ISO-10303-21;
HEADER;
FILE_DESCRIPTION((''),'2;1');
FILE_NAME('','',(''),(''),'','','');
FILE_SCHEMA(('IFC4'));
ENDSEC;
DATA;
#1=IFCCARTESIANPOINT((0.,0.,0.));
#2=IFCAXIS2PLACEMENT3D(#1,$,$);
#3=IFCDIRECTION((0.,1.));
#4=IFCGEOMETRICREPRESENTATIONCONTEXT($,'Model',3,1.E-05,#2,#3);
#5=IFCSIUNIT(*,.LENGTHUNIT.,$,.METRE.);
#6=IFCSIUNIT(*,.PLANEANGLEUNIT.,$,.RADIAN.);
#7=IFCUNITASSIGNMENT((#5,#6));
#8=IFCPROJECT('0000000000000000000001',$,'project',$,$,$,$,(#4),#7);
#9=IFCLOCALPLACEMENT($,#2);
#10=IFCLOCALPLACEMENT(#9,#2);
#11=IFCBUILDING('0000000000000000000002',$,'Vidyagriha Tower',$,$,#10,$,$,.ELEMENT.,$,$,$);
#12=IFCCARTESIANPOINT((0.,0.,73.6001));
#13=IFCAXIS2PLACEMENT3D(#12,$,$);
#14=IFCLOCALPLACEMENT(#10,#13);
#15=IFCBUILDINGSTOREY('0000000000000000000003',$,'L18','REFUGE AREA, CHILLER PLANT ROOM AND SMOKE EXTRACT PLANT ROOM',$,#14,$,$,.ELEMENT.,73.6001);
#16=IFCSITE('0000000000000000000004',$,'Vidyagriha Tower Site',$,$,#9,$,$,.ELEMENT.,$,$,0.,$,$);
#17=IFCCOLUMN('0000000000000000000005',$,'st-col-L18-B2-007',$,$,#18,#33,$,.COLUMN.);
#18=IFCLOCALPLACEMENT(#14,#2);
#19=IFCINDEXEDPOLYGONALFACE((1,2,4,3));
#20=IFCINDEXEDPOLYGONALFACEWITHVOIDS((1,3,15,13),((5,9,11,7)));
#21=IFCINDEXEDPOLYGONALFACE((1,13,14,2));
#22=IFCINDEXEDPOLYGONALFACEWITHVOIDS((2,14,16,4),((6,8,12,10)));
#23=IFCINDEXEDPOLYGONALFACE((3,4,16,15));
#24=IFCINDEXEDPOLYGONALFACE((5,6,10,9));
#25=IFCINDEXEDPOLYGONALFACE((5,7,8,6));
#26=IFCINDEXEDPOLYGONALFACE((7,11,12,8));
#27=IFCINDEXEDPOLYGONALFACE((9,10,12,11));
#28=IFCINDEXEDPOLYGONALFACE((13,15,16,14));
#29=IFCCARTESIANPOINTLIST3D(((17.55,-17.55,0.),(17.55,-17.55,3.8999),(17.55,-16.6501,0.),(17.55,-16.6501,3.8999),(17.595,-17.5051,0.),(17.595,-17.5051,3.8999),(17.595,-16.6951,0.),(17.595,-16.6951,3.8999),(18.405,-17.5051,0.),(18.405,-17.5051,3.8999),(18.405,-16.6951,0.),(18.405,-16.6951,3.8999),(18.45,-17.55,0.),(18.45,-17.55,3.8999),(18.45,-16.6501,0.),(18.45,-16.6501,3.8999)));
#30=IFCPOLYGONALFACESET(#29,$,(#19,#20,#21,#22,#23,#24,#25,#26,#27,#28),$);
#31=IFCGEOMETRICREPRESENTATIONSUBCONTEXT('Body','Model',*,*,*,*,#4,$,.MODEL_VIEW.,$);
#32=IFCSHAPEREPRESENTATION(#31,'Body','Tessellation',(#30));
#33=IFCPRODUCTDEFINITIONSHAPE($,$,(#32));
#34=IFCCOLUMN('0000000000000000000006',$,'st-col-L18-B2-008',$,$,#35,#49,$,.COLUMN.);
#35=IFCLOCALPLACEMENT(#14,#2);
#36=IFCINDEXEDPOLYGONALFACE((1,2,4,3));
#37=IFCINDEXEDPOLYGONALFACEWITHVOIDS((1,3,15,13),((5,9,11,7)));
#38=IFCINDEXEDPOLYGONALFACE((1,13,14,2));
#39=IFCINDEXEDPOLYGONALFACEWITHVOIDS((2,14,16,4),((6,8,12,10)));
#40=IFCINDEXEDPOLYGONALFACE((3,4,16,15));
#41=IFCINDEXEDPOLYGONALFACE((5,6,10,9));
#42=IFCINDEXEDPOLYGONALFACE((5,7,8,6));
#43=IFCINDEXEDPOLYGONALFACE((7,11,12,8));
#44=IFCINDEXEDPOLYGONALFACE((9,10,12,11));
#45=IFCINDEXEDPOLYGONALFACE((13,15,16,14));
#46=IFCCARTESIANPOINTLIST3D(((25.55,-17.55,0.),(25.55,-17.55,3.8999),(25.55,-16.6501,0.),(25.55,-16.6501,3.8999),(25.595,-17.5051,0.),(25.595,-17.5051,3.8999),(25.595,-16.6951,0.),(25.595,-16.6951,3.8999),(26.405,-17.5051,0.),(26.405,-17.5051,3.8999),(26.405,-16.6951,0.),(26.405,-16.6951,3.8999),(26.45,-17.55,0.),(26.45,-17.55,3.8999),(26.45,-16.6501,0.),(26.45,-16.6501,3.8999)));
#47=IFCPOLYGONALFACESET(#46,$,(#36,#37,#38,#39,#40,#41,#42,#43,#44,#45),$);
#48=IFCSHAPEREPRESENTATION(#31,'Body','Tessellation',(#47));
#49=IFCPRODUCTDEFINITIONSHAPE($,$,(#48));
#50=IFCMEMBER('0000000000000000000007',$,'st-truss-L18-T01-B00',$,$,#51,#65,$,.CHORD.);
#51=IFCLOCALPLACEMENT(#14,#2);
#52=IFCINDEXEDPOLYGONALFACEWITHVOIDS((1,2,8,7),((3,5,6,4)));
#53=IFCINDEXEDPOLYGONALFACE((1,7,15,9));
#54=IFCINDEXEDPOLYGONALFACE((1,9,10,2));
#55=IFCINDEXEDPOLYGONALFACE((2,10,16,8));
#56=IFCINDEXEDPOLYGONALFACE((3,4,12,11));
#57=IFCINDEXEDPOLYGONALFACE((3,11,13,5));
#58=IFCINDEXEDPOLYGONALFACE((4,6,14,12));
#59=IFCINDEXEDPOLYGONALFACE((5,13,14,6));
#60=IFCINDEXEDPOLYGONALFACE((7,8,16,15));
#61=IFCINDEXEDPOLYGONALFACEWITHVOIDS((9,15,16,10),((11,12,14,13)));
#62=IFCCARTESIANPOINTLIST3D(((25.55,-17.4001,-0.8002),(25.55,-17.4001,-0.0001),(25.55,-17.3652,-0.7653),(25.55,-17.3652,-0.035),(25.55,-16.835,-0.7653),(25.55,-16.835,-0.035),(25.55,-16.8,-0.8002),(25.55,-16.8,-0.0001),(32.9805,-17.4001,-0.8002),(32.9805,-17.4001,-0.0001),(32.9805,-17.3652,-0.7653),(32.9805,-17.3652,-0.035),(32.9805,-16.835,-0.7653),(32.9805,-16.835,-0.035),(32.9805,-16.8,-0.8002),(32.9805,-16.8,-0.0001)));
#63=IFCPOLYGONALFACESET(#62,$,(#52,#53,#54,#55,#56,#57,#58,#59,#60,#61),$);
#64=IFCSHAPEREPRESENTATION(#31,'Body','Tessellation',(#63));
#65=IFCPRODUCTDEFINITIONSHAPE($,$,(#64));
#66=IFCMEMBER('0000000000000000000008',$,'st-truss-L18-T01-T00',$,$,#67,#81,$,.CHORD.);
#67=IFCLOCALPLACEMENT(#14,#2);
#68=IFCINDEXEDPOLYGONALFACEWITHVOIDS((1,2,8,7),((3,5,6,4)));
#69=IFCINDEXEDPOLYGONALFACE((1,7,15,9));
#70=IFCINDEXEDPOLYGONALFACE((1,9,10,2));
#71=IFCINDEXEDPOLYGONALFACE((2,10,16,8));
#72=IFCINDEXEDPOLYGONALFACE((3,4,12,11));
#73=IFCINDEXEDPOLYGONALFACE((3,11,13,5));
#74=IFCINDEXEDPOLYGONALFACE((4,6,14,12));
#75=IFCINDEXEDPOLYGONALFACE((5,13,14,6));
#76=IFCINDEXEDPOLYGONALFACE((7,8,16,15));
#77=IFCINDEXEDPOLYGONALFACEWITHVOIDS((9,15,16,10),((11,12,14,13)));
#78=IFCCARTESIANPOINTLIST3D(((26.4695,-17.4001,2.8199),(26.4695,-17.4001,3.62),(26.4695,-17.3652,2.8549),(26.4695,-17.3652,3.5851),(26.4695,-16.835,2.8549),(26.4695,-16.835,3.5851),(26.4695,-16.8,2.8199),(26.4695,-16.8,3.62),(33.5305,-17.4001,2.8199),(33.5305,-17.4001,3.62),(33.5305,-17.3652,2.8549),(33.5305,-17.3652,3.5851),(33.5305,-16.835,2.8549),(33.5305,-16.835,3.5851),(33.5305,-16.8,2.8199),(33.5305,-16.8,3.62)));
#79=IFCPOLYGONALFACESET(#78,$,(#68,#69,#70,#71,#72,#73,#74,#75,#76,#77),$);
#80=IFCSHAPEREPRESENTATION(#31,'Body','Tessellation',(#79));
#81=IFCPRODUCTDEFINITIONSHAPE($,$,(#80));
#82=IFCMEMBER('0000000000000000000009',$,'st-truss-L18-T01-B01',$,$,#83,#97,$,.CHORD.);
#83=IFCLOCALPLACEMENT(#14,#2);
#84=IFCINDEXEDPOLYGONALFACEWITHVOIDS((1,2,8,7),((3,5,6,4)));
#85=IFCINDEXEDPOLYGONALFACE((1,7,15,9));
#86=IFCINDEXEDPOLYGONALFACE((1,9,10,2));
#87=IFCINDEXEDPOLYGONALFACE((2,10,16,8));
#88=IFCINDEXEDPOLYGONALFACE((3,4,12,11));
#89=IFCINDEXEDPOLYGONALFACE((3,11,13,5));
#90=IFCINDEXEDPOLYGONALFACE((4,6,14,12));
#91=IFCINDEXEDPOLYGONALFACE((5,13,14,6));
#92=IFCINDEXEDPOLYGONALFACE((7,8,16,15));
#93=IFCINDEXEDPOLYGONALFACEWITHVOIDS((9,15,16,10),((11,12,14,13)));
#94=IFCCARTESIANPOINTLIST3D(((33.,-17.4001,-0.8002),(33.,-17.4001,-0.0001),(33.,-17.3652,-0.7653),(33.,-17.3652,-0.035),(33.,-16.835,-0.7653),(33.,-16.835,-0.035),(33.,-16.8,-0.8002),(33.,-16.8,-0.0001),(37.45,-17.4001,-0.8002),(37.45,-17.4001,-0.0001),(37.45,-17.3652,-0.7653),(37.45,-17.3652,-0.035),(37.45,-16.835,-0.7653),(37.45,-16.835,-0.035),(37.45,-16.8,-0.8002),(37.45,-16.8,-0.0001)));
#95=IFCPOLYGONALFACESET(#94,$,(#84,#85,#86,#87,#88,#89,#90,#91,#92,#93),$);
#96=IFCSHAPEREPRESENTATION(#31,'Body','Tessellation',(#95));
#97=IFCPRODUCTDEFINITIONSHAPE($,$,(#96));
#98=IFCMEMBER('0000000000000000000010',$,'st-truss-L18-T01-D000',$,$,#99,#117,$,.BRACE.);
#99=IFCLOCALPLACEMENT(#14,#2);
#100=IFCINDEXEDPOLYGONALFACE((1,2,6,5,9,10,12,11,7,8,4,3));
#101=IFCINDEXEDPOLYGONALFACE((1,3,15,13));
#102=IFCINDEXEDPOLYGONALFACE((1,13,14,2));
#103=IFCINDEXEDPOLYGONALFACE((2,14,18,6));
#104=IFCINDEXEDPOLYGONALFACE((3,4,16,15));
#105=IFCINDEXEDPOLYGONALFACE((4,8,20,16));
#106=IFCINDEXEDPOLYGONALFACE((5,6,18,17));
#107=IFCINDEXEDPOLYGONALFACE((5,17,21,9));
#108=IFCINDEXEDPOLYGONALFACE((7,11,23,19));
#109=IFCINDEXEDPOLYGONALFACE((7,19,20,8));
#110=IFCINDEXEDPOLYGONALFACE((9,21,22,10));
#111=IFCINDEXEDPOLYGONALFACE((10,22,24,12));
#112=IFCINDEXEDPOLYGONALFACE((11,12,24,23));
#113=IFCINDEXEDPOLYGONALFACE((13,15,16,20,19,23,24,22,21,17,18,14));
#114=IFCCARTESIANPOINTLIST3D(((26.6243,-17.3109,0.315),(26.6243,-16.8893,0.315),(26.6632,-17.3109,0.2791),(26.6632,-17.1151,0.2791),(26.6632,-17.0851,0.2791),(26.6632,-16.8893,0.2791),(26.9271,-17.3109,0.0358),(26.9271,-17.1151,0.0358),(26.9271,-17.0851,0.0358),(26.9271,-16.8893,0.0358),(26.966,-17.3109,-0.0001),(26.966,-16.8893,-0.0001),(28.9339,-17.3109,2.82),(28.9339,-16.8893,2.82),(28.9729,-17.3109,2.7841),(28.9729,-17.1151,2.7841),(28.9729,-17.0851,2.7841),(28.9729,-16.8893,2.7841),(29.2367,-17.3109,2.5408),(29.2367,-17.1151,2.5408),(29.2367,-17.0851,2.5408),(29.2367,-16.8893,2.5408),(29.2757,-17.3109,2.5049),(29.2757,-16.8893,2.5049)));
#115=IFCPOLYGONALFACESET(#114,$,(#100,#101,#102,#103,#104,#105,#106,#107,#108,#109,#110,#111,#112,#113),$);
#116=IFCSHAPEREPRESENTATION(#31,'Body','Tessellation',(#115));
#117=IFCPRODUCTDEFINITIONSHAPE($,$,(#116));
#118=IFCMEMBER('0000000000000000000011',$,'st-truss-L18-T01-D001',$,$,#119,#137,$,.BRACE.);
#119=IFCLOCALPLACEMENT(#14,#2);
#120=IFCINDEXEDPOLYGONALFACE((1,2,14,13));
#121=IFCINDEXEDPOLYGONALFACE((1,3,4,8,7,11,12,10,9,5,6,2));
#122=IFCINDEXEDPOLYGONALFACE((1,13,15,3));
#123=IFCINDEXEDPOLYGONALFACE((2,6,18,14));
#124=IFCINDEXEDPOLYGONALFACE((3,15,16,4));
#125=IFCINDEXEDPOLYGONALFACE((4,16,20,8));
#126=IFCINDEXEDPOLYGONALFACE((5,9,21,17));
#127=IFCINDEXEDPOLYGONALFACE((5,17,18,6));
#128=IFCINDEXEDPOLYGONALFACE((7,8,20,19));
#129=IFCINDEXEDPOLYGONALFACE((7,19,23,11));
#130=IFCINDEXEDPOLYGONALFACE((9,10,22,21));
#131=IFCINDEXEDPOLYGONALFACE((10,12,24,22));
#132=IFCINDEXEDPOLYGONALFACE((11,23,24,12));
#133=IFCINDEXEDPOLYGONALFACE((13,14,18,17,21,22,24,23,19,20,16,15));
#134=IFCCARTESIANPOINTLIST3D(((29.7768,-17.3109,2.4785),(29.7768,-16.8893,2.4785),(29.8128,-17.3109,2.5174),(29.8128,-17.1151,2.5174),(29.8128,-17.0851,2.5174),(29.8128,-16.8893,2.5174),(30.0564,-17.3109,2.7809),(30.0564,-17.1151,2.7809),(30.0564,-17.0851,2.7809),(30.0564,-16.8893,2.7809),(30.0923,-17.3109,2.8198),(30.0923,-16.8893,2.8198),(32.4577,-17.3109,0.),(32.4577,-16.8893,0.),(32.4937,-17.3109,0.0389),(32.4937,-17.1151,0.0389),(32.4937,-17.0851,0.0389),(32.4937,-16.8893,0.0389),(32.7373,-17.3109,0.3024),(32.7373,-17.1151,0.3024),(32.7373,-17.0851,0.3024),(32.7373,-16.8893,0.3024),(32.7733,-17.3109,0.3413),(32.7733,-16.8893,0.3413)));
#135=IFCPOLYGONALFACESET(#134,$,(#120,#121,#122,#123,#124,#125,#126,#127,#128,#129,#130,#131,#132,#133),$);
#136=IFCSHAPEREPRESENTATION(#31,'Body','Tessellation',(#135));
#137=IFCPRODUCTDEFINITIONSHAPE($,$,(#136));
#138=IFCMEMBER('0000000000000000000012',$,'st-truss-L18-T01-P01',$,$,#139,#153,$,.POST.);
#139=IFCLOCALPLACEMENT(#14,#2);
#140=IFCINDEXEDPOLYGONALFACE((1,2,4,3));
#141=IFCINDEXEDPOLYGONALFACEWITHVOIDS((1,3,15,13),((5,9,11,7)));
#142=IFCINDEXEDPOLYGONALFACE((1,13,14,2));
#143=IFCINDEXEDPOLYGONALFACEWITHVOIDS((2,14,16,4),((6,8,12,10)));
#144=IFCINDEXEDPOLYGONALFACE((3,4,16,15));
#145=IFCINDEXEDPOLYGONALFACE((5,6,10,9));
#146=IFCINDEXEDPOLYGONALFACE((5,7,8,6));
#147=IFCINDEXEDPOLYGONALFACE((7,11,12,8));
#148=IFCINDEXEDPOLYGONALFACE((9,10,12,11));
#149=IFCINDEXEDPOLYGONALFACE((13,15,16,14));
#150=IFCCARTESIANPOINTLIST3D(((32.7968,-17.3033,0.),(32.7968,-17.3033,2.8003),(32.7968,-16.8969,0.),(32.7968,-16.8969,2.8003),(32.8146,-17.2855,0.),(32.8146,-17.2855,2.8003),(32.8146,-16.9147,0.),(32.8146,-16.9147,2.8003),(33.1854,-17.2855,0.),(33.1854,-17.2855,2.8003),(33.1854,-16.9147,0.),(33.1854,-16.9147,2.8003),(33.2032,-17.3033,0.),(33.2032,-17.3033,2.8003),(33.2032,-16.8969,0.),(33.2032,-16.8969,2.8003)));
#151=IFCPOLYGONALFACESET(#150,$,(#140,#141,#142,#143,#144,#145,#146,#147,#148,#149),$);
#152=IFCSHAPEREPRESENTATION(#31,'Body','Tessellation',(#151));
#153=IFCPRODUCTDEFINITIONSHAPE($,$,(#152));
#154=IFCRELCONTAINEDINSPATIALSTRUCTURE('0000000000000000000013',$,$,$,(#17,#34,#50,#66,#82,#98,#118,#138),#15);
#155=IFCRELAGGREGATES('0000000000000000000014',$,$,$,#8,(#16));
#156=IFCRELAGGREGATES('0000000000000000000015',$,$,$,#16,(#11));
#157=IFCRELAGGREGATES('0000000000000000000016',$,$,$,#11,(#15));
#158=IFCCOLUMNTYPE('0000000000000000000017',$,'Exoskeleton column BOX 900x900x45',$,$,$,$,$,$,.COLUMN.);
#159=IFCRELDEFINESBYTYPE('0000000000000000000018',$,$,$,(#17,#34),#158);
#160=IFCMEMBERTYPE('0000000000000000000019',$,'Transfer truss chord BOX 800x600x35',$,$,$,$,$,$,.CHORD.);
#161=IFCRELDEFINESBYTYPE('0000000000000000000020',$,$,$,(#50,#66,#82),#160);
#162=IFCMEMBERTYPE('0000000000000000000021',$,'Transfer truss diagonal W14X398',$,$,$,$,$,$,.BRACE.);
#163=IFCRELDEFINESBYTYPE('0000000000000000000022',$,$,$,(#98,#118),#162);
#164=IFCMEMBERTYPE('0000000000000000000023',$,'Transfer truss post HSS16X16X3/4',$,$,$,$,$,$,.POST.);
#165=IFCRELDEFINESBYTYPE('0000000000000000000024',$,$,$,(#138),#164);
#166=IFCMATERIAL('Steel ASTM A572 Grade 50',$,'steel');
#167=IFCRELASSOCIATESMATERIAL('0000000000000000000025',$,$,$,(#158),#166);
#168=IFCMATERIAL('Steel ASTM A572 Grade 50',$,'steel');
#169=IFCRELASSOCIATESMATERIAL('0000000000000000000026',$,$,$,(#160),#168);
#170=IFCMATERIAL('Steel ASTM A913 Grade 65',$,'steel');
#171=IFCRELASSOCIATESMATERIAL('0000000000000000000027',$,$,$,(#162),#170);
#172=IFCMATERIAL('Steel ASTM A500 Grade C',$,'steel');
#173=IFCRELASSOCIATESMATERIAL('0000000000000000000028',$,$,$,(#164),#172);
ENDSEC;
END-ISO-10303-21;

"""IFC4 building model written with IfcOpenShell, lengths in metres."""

from ifc_helpers import new_model, si_unit, direction, frame, origin, origin_2d, place, context, subcontext, project, spatial, hollow_rectangle, i_section, extrude, material, material_profile, profile_set, type_object, element, save


model = new_model("IFC4")

# Units and contexts
model_context = context("Model", 3, precision=1e-05, world=origin(), true_north=direction((0.0, 1.0)))
body_context = subcontext(model_context, "Body", "Model", "MODEL_VIEW")
ifc_project = project(units=[si_unit("LENGTHUNIT", "METRE"), si_unit("PLANEANGLEUNIT", "RADIAN")], contexts=[model_context])

# Site, building, storey
site_placement = place(None, origin())
site = spatial("IfcSite", under=ifc_project, at=site_placement, Name="Vidyagriha Tower Site", CompositionType="ELEMENT", RefElevation=0.0)
building_placement = place(site_placement, origin())
building = spatial("IfcBuilding", under=site, at=building_placement, Name="Vidyagriha Tower", CompositionType="ELEMENT")
storey_placement = place(building_placement, frame((0.0, 0.0, 73.6001)))
storey = spatial("IfcBuildingStorey", under=building, at=storey_placement, Name="L18", Description="REFUGE AREA, CHILLER PLANT ROOM AND SMOKE EXTRACT PLANT ROOM", CompositionType="ELEMENT", Elevation=73.6001)

# Columns
ifc_material_1 = material(Name="Steel ASTM A572 Grade 50", Category="steel")
ifc_material_profile_1 = material_profile(ifc_material_1, hollow_rectangle(XDim=0.8999, YDim=0.8999, WallThickness=0.0449, at=origin_2d()), Name="BOX 900x900x45")
ifc_profile_set_1 = profile_set([ifc_material_profile_1], Name="Steel ASTM A572 Grade 50")
column_type = type_object("IfcColumnType", Name="Exoskeleton column BOX 900x900x45", PredefinedType="COLUMN", material=ifc_profile_set_1)
for number, where, name in (
    (1, (18.0, -17.1001, 0.0), "st-col-L18-B2-007"),
    (2, (26.0, -17.1001, 0.0), "st-col-L18-B2-008"),
):
    element("IfcColumn", number, at=place(storey_placement, frame(where)), inside=storey, type_object=column_type, Name=name, PredefinedType="COLUMN", context=body_context, shape_type="SweptSolid", body=[
        extrude(hollow_rectangle(XDim=0.8999, YDim=0.8999, WallThickness=0.0449, at=origin_2d()), origin(), (0.0, 0.0, 1.0), 3.8999),
    ])

# Members
ifc_material_2 = material(Name="Steel ASTM A572 Grade 50", Category="steel")
ifc_material_profile_2 = material_profile(ifc_material_2, hollow_rectangle(XDim=0.6001, YDim=0.8, WallThickness=0.0349, at=origin_2d()), Name="BOX 800x600x35")
ifc_profile_set_2 = profile_set([ifc_material_profile_2], Name="Steel ASTM A572 Grade 50")
member_type_1 = type_object("IfcMemberType", Name="Transfer truss chord BOX 800x600x35", PredefinedType="CHORD", material=ifc_profile_set_2)
member_1_placement = place(storey_placement, frame((25.55, -17.1001, -0.4001), z_axis=(1.0, 0.0, 0.0), x_axis=(0.0, 1.0, 0.0)))
element("IfcMember", 3, at=member_1_placement, inside=storey, type_object=member_type_1, Name="st-truss-L18-T01-B00", PredefinedType="CHORD", context=body_context, shape_type="SweptSolid", body=[
    extrude(hollow_rectangle(XDim=0.6001, YDim=0.8, WallThickness=0.0349, at=origin_2d()), origin(), (0.0, 0.0, 1.0), 7.4304),
])
member_2_placement = place(storey_placement, frame((26.4695, -17.1001, 3.22), z_axis=(1.0, 0.0, 0.0), x_axis=(0.0, 1.0, 0.0)))
element("IfcMember", 4, at=member_2_placement, inside=storey, type_object=member_type_1, Name="st-truss-L18-T01-T00", PredefinedType="CHORD", context=body_context, shape_type="SweptSolid", body=[
    extrude(hollow_rectangle(XDim=0.6001, YDim=0.8, WallThickness=0.0349, at=origin_2d()), origin(), (0.0, 0.0, 1.0), 7.061),
])
member_3_placement = place(storey_placement, frame((33.0, -17.1001, -0.4001), z_axis=(1.0, 0.0, 0.0), x_axis=(0.0, 1.0, 0.0)))
element("IfcMember", 5, at=member_3_placement, inside=storey, type_object=member_type_1, Name="st-truss-L18-T01-B01", PredefinedType="CHORD", context=body_context, shape_type="SweptSolid", body=[
    extrude(hollow_rectangle(XDim=0.6001, YDim=0.8, WallThickness=0.0349, at=origin_2d()), origin(), (0.0, 0.0, 1.0), 4.45),
])
ifc_material_3 = material(Name="Steel ASTM A913 Grade 65", Category="steel")
ifc_material_profile_3 = material_profile(ifc_material_3, i_section(OverallWidth=0.4216, OverallDepth=0.4648, WebThickness=0.03, FlangeThickness=0.053, at=origin_2d()), Name="W14X398")
ifc_profile_set_3 = profile_set([ifc_material_profile_3], Name="Steel ASTM A913 Grade 65")
member_type_2 = type_object("IfcMemberType", Name="Transfer truss diagonal W14X398", PredefinedType="BRACE", material=ifc_profile_set_3)
member_4_placement = place(storey_placement, frame((26.7952, -17.1001, 0.1575), z_axis=(0.677863, 0.0, 0.735188), x_axis=(0.0, 1.0, 0.0)))
element("IfcMember", 6, at=member_4_placement, inside=storey, type_object=member_type_2, Name="st-truss-L18-T01-D000", PredefinedType="BRACE", context=body_context, shape_type="SweptSolid", body=[
    extrude(i_section(OverallWidth=0.4216, OverallDepth=0.4648, WebThickness=0.03, FlangeThickness=0.053, at=origin_2d()), origin(), (0.0, 0.0, 1.0), 3.4072),
])
member_5_placement = place(storey_placement, frame((29.9346, -17.1001, 2.6492), z_axis=(0.73428, 0.0, -0.678846), x_axis=(0.0, 1.0, 0.0)))
element("IfcMember", 7, at=member_5_placement, inside=storey, type_object=member_type_2, Name="st-truss-L18-T01-D001", PredefinedType="BRACE", context=body_context, shape_type="SweptSolid", body=[
    extrude(i_section(OverallWidth=0.4216, OverallDepth=0.4648, WebThickness=0.03, FlangeThickness=0.053, at=origin_2d()), origin(), (0.0, 0.0, 1.0), 3.6511),
])
ifc_material_4 = material(Name="Steel ASTM A500 Grade C", Category="steel")
ifc_material_profile_4 = material_profile(ifc_material_4, hollow_rectangle(XDim=0.4065, YDim=0.4065, WallThickness=0.0178, at=origin_2d()), Name="HSS16X16X3/4")
ifc_profile_set_4 = profile_set([ifc_material_profile_4], Name="Steel ASTM A500 Grade C")
member_type_3 = type_object("IfcMemberType", Name="Transfer truss post HSS16X16X3/4", PredefinedType="POST", material=ifc_profile_set_4)
member_6_placement = place(storey_placement, frame((33.0, -17.1001, 0.0)))
element("IfcMember", 8, at=member_6_placement, inside=storey, type_object=member_type_3, Name="st-truss-L18-T01-P01", PredefinedType="POST", context=body_context, shape_type="SweptSolid", body=[
    extrude(hollow_rectangle(XDim=0.4065, YDim=0.4065, WallThickness=0.0178, at=origin_2d()), origin(), (0.0, 0.0, 1.0), 2.8003),
])

save(model, "model.ifc")
